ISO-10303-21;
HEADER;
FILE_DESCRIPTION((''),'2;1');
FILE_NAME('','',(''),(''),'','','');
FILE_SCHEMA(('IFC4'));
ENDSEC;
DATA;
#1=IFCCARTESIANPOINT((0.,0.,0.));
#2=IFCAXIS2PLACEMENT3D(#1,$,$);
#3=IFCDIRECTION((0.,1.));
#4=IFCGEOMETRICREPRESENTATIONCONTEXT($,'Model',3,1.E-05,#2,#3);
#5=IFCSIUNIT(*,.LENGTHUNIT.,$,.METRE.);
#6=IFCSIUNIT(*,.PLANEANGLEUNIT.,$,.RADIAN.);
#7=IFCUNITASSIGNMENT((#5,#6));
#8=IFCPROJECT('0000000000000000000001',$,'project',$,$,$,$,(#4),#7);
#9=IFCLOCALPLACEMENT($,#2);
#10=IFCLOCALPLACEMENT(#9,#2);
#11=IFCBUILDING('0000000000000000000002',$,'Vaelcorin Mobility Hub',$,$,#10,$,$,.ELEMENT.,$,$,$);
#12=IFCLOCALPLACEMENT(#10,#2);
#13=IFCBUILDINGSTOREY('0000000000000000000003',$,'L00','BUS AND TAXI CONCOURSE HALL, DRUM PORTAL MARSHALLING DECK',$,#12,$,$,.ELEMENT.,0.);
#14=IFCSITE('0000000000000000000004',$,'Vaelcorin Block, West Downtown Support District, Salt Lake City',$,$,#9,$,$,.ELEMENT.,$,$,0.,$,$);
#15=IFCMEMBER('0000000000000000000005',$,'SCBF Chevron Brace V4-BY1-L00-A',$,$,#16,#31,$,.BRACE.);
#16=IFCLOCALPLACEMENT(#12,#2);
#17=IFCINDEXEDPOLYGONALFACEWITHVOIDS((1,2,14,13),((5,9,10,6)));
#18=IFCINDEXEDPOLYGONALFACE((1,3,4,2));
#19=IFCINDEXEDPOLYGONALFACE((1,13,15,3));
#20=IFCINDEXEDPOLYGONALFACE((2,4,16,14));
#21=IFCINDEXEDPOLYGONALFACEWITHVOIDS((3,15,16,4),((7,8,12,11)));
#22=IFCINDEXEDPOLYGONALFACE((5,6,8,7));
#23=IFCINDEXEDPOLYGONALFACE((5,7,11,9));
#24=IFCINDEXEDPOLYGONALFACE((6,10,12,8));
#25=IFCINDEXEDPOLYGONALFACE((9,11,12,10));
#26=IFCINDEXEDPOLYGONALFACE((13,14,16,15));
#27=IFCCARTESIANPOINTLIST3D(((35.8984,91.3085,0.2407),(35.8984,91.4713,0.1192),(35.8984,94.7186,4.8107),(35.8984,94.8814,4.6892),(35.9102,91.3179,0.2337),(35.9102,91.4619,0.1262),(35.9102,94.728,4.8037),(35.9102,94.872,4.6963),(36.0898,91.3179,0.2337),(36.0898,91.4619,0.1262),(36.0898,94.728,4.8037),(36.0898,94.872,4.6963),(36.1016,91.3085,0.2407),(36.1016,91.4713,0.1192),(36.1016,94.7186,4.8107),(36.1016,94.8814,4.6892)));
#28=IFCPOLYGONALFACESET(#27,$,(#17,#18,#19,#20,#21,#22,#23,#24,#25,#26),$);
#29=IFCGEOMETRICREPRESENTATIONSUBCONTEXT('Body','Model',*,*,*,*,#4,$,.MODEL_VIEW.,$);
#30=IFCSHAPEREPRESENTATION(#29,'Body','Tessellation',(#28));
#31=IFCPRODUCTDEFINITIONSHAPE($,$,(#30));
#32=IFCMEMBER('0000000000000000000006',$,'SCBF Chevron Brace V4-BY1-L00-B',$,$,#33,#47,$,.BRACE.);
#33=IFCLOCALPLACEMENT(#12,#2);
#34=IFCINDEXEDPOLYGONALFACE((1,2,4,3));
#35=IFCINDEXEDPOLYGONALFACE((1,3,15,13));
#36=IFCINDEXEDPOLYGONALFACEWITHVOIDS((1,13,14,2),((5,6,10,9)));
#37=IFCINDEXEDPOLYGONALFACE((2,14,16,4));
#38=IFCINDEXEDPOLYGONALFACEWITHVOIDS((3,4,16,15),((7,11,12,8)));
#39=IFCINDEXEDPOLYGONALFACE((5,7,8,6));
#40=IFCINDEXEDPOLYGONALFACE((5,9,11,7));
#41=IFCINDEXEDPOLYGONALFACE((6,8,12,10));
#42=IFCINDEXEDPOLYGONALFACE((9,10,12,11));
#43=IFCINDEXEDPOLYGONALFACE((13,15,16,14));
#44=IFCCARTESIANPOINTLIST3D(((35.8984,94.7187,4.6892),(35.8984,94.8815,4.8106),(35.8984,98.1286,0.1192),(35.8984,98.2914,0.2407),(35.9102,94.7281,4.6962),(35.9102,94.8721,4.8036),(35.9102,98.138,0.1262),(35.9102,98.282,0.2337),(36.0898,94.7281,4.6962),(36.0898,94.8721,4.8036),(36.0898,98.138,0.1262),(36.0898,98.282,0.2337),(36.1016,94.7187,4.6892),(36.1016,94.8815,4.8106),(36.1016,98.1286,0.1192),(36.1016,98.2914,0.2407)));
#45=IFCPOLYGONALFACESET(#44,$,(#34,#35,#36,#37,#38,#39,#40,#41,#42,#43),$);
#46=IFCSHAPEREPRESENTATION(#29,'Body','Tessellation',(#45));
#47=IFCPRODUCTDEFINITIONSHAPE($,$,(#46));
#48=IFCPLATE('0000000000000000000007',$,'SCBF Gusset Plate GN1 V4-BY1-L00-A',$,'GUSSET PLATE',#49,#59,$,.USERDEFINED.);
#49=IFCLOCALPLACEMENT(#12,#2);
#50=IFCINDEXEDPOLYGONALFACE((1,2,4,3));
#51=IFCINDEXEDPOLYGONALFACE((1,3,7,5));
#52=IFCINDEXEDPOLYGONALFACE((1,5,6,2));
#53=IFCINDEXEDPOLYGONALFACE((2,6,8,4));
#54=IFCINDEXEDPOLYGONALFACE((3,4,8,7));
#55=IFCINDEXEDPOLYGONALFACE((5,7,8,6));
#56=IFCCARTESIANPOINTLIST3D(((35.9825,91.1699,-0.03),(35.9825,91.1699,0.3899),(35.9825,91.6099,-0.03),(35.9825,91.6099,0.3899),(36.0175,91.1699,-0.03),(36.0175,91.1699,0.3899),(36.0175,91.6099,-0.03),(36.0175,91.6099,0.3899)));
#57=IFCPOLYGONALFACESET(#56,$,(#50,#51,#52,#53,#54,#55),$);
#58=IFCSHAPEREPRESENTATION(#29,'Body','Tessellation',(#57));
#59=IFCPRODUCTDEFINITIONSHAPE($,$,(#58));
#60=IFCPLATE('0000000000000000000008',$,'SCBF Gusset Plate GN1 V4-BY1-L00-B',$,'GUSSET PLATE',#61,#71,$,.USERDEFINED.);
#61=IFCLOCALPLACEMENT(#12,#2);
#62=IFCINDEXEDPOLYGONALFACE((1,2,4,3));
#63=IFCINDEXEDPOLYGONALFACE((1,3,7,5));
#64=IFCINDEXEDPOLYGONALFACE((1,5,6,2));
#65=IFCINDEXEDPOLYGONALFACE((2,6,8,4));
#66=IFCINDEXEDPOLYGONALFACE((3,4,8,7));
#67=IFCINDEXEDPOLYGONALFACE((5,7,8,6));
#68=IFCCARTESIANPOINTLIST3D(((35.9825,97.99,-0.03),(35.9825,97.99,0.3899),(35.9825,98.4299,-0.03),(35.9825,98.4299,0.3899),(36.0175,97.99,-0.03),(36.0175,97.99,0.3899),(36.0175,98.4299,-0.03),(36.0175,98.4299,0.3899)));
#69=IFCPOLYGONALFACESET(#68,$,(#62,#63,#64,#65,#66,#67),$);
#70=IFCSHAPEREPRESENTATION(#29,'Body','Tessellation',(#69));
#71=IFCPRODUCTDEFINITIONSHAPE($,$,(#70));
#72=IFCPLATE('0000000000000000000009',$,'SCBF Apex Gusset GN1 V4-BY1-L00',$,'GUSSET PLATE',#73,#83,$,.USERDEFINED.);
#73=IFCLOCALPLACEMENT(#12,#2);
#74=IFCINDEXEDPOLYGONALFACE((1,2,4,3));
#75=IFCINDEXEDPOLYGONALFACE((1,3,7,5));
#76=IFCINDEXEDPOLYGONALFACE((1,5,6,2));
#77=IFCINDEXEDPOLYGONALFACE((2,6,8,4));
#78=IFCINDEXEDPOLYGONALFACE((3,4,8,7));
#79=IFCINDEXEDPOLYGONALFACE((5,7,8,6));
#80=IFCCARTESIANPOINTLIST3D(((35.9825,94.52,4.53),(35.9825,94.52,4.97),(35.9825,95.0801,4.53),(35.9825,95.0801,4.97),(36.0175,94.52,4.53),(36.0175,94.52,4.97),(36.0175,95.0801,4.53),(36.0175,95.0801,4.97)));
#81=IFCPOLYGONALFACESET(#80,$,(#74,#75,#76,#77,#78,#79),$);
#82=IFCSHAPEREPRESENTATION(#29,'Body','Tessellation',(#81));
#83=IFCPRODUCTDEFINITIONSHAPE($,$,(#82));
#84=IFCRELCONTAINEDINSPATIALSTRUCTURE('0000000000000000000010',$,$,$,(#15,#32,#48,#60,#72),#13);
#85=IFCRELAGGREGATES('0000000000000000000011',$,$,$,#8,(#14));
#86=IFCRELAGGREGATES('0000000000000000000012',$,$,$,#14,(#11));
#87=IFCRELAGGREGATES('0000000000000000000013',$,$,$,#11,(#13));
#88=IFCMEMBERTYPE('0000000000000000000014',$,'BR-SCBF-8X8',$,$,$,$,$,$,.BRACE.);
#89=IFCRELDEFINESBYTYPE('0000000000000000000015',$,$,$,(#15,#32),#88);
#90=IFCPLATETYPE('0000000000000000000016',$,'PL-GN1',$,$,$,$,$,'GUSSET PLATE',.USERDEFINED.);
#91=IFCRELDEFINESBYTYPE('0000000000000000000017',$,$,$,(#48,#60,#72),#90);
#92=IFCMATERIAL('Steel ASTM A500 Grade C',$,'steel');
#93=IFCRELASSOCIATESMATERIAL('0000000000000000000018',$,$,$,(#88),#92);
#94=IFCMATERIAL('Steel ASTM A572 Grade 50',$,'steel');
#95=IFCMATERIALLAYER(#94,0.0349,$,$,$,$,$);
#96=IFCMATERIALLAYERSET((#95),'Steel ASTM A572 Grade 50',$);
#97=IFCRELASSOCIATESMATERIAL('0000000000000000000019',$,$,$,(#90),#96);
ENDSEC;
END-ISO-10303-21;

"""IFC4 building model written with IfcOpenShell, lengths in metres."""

from ifc_helpers import new_model, si_unit, direction, frame, origin, origin_2d, place, context, subcontext, project, spatial, rectangle, hollow_rectangle, extrude, material, layer, layer_set, material_profile, profile_set, type_object, element, save


model = new_model("IFC4")

# Units and contexts
model_context = context("Model", 3, precision=1e-05, world=origin(), true_north=direction((0.0, 1.0)))
body_context = subcontext(model_context, "Body", "Model", "MODEL_VIEW")
ifc_project = project(units=[si_unit("LENGTHUNIT", "METRE"), si_unit("PLANEANGLEUNIT", "RADIAN")], contexts=[model_context])

# Site, building, storey
site_placement = place(None, origin())
site = spatial("IfcSite", under=ifc_project, at=site_placement, Name="Vaelcorin Block, West Downtown Support District, Salt Lake City", CompositionType="ELEMENT", RefElevation=0.0)
building_placement = place(site_placement, origin())
building = spatial("IfcBuilding", under=site, at=building_placement, Name="Vaelcorin Mobility Hub", CompositionType="ELEMENT")
storey_placement = place(building_placement, origin())
storey = spatial("IfcBuildingStorey", under=building, at=storey_placement, Name="L00", Description="BUS AND TAXI CONCOURSE HALL, DRUM PORTAL MARSHALLING DECK", CompositionType="ELEMENT", Elevation=0.0)

# Members
ifc_material_1 = material(Name="Steel ASTM A500 Grade C", Category="steel")
ifc_material_profile_1 = material_profile(ifc_material_1, hollow_rectangle(XDim=0.2031, YDim=0.2031, WallThickness=0.0117, at=origin_2d()), Name="HSS8X8X0.500")
ifc_profile_set_1 = profile_set([ifc_material_profile_1], Name="Steel ASTM A500 Grade C")
member_type = type_object("IfcMemberType", Name="BR-SCBF-8X8", PredefinedType="BRACE", material=ifc_profile_set_1)
member_1_placement = place(storey_placement, frame((36.0, 91.3899, 0.1799), z_axis=(0.0, 0.598046, 0.801462), x_axis=(-1.0, 0.0, 0.0)))
element("IfcMember", 1, at=member_1_placement, inside=storey, type_object=member_type, Name="SCBF Chevron Brace V4-BY1-L00-A", PredefinedType="BRACE", context=body_context, shape_type="SweptSolid", body=[
    extrude(hollow_rectangle(XDim=0.2031, YDim=0.2031, WallThickness=0.0117, at=origin_2d()), origin(), (0.0, 0.0, 1.0), 5.7021),
])
member_2_placement = place(storey_placement, frame((36.0, 98.21, 0.1799), z_axis=(0.0, -0.598018, 0.801482), x_axis=(1.0, 0.0, 0.0)))
element("IfcMember", 2, at=member_2_placement, inside=storey, type_object=member_type, Name="SCBF Chevron Brace V4-BY1-L00-B", PredefinedType="BRACE", context=body_context, shape_type="SweptSolid", body=[
    extrude(hollow_rectangle(XDim=0.2031, YDim=0.2031, WallThickness=0.0117, at=origin_2d()), origin(), (0.0, 0.0, 1.0), 5.7019),
])

# Plates
ifc_material_2 = material(Name="Steel ASTM A572 Grade 50", Category="steel")
ifc_layer_1 = layer(ifc_material_2, 0.0349)
ifc_layer_set_1 = layer_set([ifc_layer_1], Name="Steel ASTM A572 Grade 50")
plate_type = type_object("IfcPlateType", Name="PL-GN1", ElementType="GUSSET PLATE", PredefinedType="USERDEFINED", material=ifc_layer_set_1)
for number, where, z_axis, x_axis, name in (
    (3, (36.0, 91.3899, -0.03), (0.0, 0.0, 1.0), (0.0, 1.0, 0.0), "SCBF Gusset Plate GN1 V4-BY1-L00-A"),
    (4, (36.0, 98.21, -0.03), (0.0, 0.0, 1.0), (0.0, 1.0, 0.0), "SCBF Gusset Plate GN1 V4-BY1-L00-B"),
):
    element("IfcPlate", number, at=place(storey_placement, frame(where, z_axis=z_axis, x_axis=x_axis)), inside=storey, type_object=plate_type, Name=name, ObjectType="GUSSET PLATE", PredefinedType="USERDEFINED", context=body_context, shape_type="SweptSolid", body=[
        extrude(rectangle(XDim=0.4399, YDim=0.0349, at=origin_2d()), origin(), (0.0, 0.0, 1.0), 0.4199),
    ])
plate_placement = place(storey_placement, frame((36.0, 94.8, 4.53), z_axis=(0.0, 0.0, 1.0), x_axis=(0.0, 1.0, 0.0)))
element("IfcPlate", 5, at=plate_placement, inside=storey, type_object=plate_type, Name="SCBF Apex Gusset GN1 V4-BY1-L00", ObjectType="GUSSET PLATE", PredefinedType="USERDEFINED", context=body_context, shape_type="SweptSolid", body=[
    extrude(rectangle(XDim=0.5601, YDim=0.0349, at=origin_2d()), origin(), (0.0, 0.0, 1.0), 0.4399),
])

save(model, "model.ifc")
